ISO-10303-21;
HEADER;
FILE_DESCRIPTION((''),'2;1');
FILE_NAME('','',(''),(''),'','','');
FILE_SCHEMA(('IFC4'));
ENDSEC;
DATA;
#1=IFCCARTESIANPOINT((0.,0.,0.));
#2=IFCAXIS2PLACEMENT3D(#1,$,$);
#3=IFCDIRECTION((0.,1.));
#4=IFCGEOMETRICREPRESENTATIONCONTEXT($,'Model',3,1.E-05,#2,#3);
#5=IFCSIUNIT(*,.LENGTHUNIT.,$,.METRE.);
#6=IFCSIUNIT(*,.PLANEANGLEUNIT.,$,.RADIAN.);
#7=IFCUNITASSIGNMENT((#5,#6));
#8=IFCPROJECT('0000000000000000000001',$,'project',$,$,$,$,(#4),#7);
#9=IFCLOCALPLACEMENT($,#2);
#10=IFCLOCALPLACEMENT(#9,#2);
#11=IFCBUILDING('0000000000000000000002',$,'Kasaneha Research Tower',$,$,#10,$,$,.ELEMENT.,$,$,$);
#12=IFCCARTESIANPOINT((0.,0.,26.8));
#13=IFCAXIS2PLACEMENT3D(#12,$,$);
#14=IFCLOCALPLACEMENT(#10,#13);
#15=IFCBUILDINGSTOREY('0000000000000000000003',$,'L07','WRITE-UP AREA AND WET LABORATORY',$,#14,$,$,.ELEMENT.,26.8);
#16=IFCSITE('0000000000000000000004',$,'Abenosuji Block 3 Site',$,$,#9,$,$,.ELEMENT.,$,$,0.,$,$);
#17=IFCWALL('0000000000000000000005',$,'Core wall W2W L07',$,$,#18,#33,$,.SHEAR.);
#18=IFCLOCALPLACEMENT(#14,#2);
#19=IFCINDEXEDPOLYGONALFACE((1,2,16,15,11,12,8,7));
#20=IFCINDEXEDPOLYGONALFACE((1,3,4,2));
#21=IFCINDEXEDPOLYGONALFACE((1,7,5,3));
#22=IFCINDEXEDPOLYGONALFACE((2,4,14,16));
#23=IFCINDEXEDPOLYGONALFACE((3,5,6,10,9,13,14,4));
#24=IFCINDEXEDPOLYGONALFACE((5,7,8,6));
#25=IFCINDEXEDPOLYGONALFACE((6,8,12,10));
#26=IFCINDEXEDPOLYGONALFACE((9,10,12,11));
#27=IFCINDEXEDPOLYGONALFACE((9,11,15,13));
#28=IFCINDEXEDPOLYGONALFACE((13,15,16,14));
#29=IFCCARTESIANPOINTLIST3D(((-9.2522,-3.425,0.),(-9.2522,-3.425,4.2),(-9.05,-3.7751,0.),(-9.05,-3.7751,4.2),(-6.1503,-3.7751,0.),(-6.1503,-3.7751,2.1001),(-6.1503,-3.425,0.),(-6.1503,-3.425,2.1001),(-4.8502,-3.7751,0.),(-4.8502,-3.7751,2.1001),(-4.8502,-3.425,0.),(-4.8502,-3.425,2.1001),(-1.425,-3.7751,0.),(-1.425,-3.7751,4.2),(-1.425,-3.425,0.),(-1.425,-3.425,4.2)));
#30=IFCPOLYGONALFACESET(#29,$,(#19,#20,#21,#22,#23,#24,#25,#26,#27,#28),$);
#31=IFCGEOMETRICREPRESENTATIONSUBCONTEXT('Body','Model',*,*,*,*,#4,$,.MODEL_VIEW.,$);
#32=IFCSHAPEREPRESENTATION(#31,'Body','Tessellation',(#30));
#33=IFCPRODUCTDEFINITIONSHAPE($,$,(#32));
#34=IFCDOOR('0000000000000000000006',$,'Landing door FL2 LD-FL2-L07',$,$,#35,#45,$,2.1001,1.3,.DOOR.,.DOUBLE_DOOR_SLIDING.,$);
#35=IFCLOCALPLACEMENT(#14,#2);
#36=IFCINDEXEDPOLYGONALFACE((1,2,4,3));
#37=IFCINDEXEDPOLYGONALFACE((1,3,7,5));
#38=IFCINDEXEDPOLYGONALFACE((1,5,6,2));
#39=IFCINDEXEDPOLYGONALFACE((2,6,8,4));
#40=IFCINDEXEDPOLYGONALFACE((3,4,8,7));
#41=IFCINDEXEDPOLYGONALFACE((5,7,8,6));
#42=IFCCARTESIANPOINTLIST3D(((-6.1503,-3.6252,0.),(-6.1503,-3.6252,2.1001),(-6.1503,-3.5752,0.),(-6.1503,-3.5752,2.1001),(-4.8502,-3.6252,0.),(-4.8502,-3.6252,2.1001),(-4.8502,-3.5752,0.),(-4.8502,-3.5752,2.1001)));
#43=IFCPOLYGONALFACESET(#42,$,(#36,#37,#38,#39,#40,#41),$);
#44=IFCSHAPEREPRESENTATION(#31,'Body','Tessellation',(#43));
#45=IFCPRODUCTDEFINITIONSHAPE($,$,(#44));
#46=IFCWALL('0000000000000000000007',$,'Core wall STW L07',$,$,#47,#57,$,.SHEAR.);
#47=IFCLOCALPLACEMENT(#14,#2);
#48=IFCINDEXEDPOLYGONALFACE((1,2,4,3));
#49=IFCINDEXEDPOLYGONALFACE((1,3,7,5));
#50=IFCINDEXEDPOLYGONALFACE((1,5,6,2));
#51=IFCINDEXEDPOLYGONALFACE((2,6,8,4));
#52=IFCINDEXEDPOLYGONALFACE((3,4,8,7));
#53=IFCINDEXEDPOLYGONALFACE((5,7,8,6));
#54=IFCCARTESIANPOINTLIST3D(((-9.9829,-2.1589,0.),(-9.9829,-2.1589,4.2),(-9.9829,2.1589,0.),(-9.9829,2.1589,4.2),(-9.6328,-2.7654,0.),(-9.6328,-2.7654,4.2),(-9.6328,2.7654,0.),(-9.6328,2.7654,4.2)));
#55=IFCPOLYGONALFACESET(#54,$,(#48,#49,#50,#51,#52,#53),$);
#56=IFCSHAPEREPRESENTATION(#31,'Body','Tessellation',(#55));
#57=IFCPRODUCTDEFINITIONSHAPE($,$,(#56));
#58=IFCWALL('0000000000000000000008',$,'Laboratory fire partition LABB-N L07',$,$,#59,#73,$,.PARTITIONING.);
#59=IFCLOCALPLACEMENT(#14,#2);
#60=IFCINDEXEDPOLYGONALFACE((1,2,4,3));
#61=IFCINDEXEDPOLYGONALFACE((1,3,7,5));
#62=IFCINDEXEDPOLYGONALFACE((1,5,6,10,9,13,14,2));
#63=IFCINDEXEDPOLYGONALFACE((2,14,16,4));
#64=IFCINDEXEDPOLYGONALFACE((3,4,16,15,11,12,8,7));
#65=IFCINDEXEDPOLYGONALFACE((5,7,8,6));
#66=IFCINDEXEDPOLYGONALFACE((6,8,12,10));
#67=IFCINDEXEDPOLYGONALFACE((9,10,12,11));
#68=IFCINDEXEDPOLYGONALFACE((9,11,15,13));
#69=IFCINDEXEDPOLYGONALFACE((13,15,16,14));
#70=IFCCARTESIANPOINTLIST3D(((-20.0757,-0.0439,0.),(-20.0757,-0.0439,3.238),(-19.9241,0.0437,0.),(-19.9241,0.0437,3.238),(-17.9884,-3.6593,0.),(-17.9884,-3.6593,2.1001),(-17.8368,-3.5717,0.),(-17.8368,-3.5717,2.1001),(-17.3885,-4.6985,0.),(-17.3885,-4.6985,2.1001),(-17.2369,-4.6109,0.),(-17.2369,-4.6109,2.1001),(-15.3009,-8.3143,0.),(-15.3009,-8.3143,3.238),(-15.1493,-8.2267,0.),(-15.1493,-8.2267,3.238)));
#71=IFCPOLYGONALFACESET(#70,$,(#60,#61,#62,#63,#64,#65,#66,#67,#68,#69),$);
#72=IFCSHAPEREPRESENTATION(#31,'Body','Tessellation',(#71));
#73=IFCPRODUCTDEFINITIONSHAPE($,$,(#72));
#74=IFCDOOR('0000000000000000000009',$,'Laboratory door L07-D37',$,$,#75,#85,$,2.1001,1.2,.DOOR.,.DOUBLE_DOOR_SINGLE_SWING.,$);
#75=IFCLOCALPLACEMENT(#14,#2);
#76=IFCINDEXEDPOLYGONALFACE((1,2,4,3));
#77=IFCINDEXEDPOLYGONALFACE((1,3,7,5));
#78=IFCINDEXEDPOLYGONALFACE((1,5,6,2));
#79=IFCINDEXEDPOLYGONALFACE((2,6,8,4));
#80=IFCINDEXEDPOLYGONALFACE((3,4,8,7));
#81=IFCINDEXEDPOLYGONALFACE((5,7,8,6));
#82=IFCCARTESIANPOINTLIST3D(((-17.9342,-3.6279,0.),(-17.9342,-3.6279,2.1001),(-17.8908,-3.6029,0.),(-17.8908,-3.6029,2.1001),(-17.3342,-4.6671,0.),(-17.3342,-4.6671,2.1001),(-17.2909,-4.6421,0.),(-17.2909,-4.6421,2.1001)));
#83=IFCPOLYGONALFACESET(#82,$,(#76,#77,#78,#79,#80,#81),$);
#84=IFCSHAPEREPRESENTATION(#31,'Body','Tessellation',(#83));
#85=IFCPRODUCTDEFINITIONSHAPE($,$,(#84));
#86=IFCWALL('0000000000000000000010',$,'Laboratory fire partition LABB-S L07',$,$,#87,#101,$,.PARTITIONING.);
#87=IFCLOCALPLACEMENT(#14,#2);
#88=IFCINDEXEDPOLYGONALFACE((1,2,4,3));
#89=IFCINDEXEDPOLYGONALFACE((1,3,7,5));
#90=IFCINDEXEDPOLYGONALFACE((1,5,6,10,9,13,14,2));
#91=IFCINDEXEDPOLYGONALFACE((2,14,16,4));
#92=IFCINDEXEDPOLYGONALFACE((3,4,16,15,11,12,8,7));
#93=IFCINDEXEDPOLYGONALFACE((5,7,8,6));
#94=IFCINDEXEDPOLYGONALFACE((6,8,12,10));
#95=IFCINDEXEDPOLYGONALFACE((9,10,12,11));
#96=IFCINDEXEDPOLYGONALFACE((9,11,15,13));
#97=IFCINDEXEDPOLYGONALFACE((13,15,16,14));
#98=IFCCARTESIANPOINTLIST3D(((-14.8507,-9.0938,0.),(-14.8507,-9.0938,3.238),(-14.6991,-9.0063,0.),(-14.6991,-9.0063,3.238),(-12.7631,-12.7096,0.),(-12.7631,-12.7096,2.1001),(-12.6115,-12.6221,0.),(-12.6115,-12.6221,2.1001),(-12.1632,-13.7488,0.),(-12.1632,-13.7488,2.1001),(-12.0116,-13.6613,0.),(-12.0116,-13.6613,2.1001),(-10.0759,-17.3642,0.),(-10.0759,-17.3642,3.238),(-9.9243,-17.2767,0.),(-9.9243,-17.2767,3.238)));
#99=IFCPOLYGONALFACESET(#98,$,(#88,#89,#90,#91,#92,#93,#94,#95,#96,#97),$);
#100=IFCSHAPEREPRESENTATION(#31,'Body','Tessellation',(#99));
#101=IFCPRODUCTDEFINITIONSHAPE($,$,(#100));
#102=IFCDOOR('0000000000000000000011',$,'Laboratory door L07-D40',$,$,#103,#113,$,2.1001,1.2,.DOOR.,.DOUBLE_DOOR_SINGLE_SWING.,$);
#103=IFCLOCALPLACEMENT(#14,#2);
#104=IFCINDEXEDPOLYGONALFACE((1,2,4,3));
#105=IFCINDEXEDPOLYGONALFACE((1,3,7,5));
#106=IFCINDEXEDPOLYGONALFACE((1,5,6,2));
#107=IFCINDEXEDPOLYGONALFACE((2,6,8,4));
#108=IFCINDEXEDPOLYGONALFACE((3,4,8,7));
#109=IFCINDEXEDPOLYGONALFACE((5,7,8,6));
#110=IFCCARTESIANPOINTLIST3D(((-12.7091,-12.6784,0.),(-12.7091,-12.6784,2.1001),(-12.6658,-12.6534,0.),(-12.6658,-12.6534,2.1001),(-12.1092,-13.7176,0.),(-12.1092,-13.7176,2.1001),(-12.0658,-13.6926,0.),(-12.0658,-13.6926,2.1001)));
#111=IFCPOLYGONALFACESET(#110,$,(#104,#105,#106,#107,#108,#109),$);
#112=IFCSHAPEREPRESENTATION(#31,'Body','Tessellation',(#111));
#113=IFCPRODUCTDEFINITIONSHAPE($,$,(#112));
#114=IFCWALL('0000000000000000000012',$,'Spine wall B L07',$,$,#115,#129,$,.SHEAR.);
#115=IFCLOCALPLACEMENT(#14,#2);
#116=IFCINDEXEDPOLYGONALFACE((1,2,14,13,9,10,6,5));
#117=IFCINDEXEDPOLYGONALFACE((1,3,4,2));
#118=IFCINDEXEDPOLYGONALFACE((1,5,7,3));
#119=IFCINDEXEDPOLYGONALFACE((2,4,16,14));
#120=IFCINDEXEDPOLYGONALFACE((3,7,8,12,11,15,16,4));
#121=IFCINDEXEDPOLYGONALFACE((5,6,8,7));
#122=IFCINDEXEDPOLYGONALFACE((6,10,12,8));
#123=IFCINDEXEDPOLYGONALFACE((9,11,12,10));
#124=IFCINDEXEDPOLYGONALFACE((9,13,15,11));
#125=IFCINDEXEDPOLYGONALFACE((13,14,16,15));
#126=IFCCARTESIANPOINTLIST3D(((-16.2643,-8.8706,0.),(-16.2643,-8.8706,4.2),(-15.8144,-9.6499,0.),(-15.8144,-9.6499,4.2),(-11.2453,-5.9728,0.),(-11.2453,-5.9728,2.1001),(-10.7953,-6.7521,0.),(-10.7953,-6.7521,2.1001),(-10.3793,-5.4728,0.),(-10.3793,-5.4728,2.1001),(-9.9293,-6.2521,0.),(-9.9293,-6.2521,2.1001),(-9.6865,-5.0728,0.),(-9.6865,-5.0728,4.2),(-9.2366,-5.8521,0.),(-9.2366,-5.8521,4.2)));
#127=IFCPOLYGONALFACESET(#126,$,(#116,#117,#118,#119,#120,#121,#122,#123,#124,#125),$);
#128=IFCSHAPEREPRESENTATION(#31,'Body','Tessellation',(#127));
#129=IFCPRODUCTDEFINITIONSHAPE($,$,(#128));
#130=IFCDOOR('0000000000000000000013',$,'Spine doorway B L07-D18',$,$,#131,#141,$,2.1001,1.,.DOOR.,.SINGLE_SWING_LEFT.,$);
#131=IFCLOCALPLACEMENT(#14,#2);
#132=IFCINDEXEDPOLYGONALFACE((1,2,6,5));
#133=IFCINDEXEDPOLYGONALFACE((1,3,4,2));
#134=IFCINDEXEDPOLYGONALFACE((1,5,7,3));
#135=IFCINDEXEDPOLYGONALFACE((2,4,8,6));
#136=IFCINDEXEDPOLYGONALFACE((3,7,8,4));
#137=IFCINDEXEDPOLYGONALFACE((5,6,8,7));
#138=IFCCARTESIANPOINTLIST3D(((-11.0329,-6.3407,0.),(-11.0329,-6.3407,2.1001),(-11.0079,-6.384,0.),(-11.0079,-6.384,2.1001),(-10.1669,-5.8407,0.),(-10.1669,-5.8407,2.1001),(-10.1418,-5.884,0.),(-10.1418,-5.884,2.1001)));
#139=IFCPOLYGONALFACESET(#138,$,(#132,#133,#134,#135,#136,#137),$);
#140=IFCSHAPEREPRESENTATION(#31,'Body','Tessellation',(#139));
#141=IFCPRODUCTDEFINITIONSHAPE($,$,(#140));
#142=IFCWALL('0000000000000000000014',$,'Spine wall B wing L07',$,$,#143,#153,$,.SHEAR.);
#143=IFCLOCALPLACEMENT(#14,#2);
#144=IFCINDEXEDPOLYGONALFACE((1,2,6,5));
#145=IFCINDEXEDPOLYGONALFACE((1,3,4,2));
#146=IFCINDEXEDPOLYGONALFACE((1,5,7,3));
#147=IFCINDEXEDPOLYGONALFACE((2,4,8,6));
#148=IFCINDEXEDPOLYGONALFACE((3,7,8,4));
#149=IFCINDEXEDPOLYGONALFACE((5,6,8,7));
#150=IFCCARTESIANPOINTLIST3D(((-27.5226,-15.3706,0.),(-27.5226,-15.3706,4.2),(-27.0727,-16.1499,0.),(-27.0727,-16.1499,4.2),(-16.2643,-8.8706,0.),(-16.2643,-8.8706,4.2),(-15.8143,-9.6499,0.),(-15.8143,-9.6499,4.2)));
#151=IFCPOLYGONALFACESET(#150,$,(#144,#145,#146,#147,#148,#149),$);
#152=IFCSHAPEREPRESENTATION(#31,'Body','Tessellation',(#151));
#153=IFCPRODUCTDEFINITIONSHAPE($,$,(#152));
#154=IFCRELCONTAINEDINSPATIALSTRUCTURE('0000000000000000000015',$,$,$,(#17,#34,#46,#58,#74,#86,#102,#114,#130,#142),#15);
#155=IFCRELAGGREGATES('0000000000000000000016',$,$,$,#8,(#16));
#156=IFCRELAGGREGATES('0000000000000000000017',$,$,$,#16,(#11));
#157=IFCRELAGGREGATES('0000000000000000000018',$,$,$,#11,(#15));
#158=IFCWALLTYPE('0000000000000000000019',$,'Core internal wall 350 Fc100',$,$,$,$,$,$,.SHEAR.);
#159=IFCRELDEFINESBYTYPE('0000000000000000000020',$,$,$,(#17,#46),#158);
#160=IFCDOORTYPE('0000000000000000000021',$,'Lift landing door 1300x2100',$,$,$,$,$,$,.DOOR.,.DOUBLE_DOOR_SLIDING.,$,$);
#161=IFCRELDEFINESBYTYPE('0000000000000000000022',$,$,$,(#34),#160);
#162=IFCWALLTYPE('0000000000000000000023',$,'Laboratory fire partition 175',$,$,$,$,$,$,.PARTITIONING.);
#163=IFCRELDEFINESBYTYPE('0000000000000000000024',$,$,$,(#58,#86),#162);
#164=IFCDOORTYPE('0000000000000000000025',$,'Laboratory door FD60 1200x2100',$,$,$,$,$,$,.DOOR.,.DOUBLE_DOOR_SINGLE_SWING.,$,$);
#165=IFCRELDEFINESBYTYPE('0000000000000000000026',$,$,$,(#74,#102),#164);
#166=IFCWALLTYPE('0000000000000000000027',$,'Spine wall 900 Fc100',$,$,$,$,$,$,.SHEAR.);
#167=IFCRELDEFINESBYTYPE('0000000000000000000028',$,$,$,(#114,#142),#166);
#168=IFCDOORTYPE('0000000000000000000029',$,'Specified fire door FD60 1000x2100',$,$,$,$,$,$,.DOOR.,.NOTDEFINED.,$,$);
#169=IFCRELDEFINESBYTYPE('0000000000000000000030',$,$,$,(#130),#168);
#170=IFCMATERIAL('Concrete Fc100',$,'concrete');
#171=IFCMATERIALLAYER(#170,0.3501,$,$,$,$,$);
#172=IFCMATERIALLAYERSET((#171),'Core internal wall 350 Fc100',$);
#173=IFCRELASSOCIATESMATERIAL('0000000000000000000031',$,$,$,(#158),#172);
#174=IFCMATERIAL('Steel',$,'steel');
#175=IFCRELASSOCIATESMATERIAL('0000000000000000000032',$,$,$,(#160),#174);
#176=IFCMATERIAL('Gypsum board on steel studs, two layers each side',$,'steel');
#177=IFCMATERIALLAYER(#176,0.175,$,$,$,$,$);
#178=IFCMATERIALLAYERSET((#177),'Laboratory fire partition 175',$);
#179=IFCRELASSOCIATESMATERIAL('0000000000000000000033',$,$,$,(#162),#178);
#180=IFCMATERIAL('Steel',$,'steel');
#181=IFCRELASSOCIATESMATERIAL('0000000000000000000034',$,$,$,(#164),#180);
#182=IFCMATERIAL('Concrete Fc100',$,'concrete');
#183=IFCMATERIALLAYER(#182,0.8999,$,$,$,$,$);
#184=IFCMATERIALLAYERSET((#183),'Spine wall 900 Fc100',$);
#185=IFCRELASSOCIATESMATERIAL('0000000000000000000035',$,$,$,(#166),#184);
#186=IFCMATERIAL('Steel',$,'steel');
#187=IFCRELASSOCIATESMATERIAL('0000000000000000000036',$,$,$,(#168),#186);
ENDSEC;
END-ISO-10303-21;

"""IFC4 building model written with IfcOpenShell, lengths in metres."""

from ifc_helpers import new_model, si_unit, direction, frame, frame_2d, origin, place, context, subcontext, project, spatial, polyline, rectangle, outline, extrude, material, layer, layer_set, type_object, element, fill, save


model = new_model("IFC4")

# Units and contexts
model_context = context("Model", 3, precision=1e-05, world=origin(), true_north=direction((0.0, 1.0)))
body_context = subcontext(model_context, "Body", "Model", "MODEL_VIEW")
ifc_project = project(units=[si_unit("LENGTHUNIT", "METRE"), si_unit("PLANEANGLEUNIT", "RADIAN")], contexts=[model_context])

# Site, building, storey
site_placement = place(None, origin())
site = spatial("IfcSite", under=ifc_project, at=site_placement, Name="Abenosuji Block 3 Site", CompositionType="ELEMENT", RefElevation=0.0)
building_placement = place(site_placement, origin())
building = spatial("IfcBuilding", under=site, at=building_placement, Name="Kasaneha Research Tower", CompositionType="ELEMENT")
storey_placement = place(building_placement, frame((0.0, 0.0, 26.8)))
storey = spatial("IfcBuildingStorey", under=building, at=storey_placement, Name="L07", Description="WRITE-UP AREA AND WET LABORATORY", CompositionType="ELEMENT", Elevation=26.8)

# Wall, opening, door
ifc_material_1 = material(Name="Concrete Fc100", Category="concrete")
ifc_layer_1 = layer(ifc_material_1, 0.3501)
ifc_layer_set_1 = layer_set([ifc_layer_1], Name="Core internal wall 350 Fc100")
wall_type_1 = type_object("IfcWallType", Name="Core internal wall 350 Fc100", PredefinedType="SHEAR", material=ifc_layer_set_1)
wall_1_placement = place(storey_placement, frame((-9.1511, -3.6001, 0.0), z_axis=(0.0, 0.0, 1.0), x_axis=(1.0, 0.0, 0.0)))
wall_1 = element("IfcWall", 1, at=wall_1_placement, inside=storey, type_object=wall_type_1, Name="Core wall W2W L07", PredefinedType="SHEAR", context=body_context, shape_type="SweptSolid", body=[
    extrude(outline(polyline([(0.1011, -0.175), (3.001, -0.175), (4.301, -0.175), (7.7261, -0.175), (7.7261, 0.175), (4.301, 0.175), (3.001, 0.175), (-0.1011, 0.175), (0.1011, -0.175)])), origin(), (0.0, 0.0, 1.0), 4.2),
])
opening_1_placement = place(wall_1_placement, frame((3.001, 0.0, 0.0)))
opening_1 = element("IfcOpeningElement", 2, at=opening_1_placement, cuts=wall_1, PredefinedType="OPENING", context=body_context, shape_type="SweptSolid", body=[
    extrude(rectangle(XDim=1.3, YDim=2.1001, at=frame_2d((0.6499, 1.05))), frame((0.0, 0.1851, 0.0), z_axis=(0.0, -1.0, 0.0), x_axis=(1.0, 0.0, 0.0)), (0.0, 0.0, 1.0), 0.3701),
])
ifc_material_2 = material(Name="Steel", Category="steel")
door_type_1 = type_object("IfcDoorType", Name="Lift landing door 1300x2100", OperationType="DOUBLE_DOOR_SLIDING", PredefinedType="DOOR", material=ifc_material_2)
door_1_placement = place(opening_1_placement, origin())
door_1 = element("IfcDoor", 3, at=door_1_placement, inside=storey, type_object=door_type_1, Name="Landing door FL2 LD-FL2-L07", OperationType="DOUBLE_DOOR_SLIDING", OverallHeight=2.1001, OverallWidth=1.3, PredefinedType="DOOR", context=body_context, shape_type="SweptSolid", body=[
    extrude(rectangle(XDim=1.3, YDim=2.1001, at=frame_2d((0.6499, 1.05))), frame((0.0, 0.0249, 0.0), z_axis=(0.0, -1.0, 0.0), x_axis=(1.0, 0.0, 0.0)), (0.0, 0.0, 1.0), 0.05),
])
fill(opening_1, door_1)

# Wall
wall_2_placement = place(storey_placement, frame((-9.8079, -2.4622, 0.0), z_axis=(0.0, 0.0, 1.0), x_axis=(0.0, 1.0, 0.0)))
element("IfcWall", 4, at=wall_2_placement, inside=storey, type_object=wall_type_1, Name="Core wall STW L07", PredefinedType="SHEAR", context=body_context, shape_type="SweptSolid", body=[
    extrude(outline(polyline([(-0.3032, -0.175), (5.2275, -0.175), (4.6211, 0.175), (0.3032, 0.175), (-0.3032, -0.175)])), origin(), (0.0, 0.0, 1.0), 4.2),
])

# Walls, openings, doors
ifc_material_3 = material(Name="Gypsum board on steel studs, two layers each side", Category="steel")
ifc_layer_2 = layer(ifc_material_3, 0.175)
ifc_layer_set_2 = layer_set([ifc_layer_2], Name="Laboratory fire partition 175")
wall_type_2 = type_object("IfcWallType", Name="Laboratory fire partition 175", PredefinedType="PARTITIONING", material=ifc_layer_set_2)
wall_3_placement = place(storey_placement, frame((-15.2251, -8.2705, 0.0), z_axis=(0.0, 0.0, 1.0), x_axis=(-0.499994, 0.866029, 0.0)))
wall_3 = element("IfcWall", 5, at=wall_3_placement, inside=storey, type_object=wall_type_2, Name="Laboratory fire partition LABB-N L07", PredefinedType="PARTITIONING", context=body_context, shape_type="SweptSolid", body=[
    extrude(rectangle(XDim=9.5498, YDim=0.175, at=frame_2d((4.7749, 0.0))), origin(), (0.0, 0.0, 1.0), 3.238),
])
opening_2_placement = place(wall_3_placement, frame((4.175, 0.0, 0.0)))
opening_2 = element("IfcOpeningElement", 6, at=opening_2_placement, cuts=wall_3, PredefinedType="OPENING", context=body_context, shape_type="SweptSolid", body=[
    extrude(rectangle(XDim=1.2, YDim=2.1001, at=frame_2d((0.6001, 1.05))), frame((0.0, 0.0977, 0.0), z_axis=(0.0, -1.0, 0.0), x_axis=(1.0, 0.0, 0.0)), (0.0, 0.0, 1.0), 0.1951),
])
ifc_material_4 = material(Name="Steel", Category="steel")
door_type_2 = type_object("IfcDoorType", Name="Laboratory door FD60 1200x2100", OperationType="DOUBLE_DOOR_SINGLE_SWING", PredefinedType="DOOR", material=ifc_material_4)
door_2_placement = place(opening_2_placement, origin())
door_2 = element("IfcDoor", 7, at=door_2_placement, inside=storey, type_object=door_type_2, Name="Laboratory door L07-D37", OperationType="DOUBLE_DOOR_SINGLE_SWING", OverallHeight=2.1001, OverallWidth=1.2, PredefinedType="DOOR", context=body_context, shape_type="SweptSolid", body=[
    extrude(rectangle(XDim=1.2, YDim=2.1001, at=frame_2d((0.6001, 1.05))), frame((0.0, 0.0249, 0.0), z_axis=(0.0, -1.0, 0.0), x_axis=(1.0, 0.0, 0.0)), (0.0, 0.0, 1.0), 0.05),
])
fill(opening_2, door_2)
wall_4_placement = place(storey_placement, frame((-14.7749, -9.05, 0.0), z_axis=(0.0, 0.0, 1.0), x_axis=(0.499994, -0.866029, 0.0)))
wall_4 = element("IfcWall", 8, at=wall_4_placement, inside=storey, type_object=wall_type_2, Name="Laboratory fire partition LABB-S L07", PredefinedType="PARTITIONING", context=body_context, shape_type="SweptSolid", body=[
    extrude(rectangle(XDim=9.5498, YDim=0.175, at=frame_2d((4.7749, 0.0))), origin(), (0.0, 0.0, 1.0), 3.238),
])
opening_3_placement = place(wall_4_placement, frame((4.175, 0.0, 0.0)))
opening_3 = element("IfcOpeningElement", 9, at=opening_3_placement, cuts=wall_4, PredefinedType="OPENING", context=body_context, shape_type="SweptSolid", body=[
    extrude(rectangle(XDim=1.2, YDim=2.1001, at=frame_2d((0.6001, 1.05))), frame((0.0, 0.0977, 0.0), z_axis=(0.0, -1.0, 0.0), x_axis=(1.0, 0.0, 0.0)), (0.0, 0.0, 1.0), 0.1951),
])
door_3_placement = place(opening_3_placement, origin())
door_3 = element("IfcDoor", 10, at=door_3_placement, inside=storey, type_object=door_type_2, Name="Laboratory door L07-D40", OperationType="DOUBLE_DOOR_SINGLE_SWING", OverallHeight=2.1001, OverallWidth=1.2, PredefinedType="DOOR", context=body_context, shape_type="SweptSolid", body=[
    extrude(rectangle(XDim=1.2, YDim=2.1001, at=frame_2d((0.6001, 1.05))), frame((0.0, 0.0249, 0.0), z_axis=(0.0, -1.0, 0.0), x_axis=(1.0, 0.0, 0.0)), (0.0, 0.0, 1.0), 0.05),
])
fill(opening_3, door_3)
ifc_material_5 = material(Name="Concrete Fc100", Category="concrete")
ifc_layer_3 = layer(ifc_material_5, 0.8999)
ifc_layer_set_3 = layer_set([ifc_layer_3], Name="Spine wall 900 Fc100")
wall_type_3 = type_object("IfcWallType", Name="Spine wall 900 Fc100", PredefinedType="SHEAR", material=ifc_layer_set_3)
wall_5_placement = place(storey_placement, frame((-9.4614, -5.4624, 0.0), z_axis=(0.0, 0.0, 1.0), x_axis=(-0.866019, -0.500011, 0.0)))
wall_5 = element("IfcWall", 11, at=wall_5_placement, inside=storey, type_object=wall_type_3, Name="Spine wall B L07", PredefinedType="SHEAR", context=body_context, shape_type="SweptSolid", body=[
    extrude(rectangle(XDim=7.5955, YDim=0.8999, at=frame_2d((3.7979, 0.0))), origin(), (0.0, 0.0, 1.0), 4.2),
])
opening_4_placement = place(wall_5_placement, frame((0.8, 0.0, 0.0)))
opening_4 = element("IfcOpeningElement", 12, at=opening_4_placement, cuts=wall_5, PredefinedType="OPENING", context=body_context, shape_type="SweptSolid", body=[
    extrude(rectangle(XDim=1.0, YDim=2.1001, at=frame_2d((0.5, 1.05))), frame((0.0, 0.46, 0.0), z_axis=(0.0, -1.0, 0.0), x_axis=(1.0, 0.0, 0.0)), (0.0, 0.0, 1.0), 0.9199),
])
ifc_material_6 = material(Name="Steel", Category="steel")
door_type_3 = type_object("IfcDoorType", Name="Specified fire door FD60 1000x2100", OperationType="NOTDEFINED", PredefinedType="DOOR", material=ifc_material_6)
door_4_placement = place(opening_4_placement, origin())
door_4 = element("IfcDoor", 13, at=door_4_placement, inside=storey, type_object=door_type_3, Name="Spine doorway B L07-D18", OperationType="SINGLE_SWING_LEFT", OverallHeight=2.1001, OverallWidth=1.0, PredefinedType="DOOR", context=body_context, shape_type="SweptSolid", body=[
    extrude(rectangle(XDim=1.0, YDim=2.1001, at=frame_2d((0.5, 1.05))), frame((0.0, 0.0249, 0.0), z_axis=(0.0, -1.0, 0.0), x_axis=(1.0, 0.0, 0.0)), (0.0, 0.0, 1.0), 0.05),
])
fill(opening_4, door_4)

# Wall
wall_6_placement = place(storey_placement, frame((-16.0393, -9.2603, 0.0), z_axis=(0.0, 0.0, 1.0), x_axis=(-0.866025, -0.500001, 0.0)))
element("IfcWall", 14, at=wall_6_placement, inside=storey, type_object=wall_type_3, Name="Spine wall B wing L07", PredefinedType="SHEAR", context=body_context, shape_type="SweptSolid", body=[
    extrude(rectangle(XDim=13.0, YDim=0.8999, at=frame_2d((6.5, 0.0))), origin(), (0.0, 0.0, 1.0), 4.2),
])

save(model, "model.ifc")
